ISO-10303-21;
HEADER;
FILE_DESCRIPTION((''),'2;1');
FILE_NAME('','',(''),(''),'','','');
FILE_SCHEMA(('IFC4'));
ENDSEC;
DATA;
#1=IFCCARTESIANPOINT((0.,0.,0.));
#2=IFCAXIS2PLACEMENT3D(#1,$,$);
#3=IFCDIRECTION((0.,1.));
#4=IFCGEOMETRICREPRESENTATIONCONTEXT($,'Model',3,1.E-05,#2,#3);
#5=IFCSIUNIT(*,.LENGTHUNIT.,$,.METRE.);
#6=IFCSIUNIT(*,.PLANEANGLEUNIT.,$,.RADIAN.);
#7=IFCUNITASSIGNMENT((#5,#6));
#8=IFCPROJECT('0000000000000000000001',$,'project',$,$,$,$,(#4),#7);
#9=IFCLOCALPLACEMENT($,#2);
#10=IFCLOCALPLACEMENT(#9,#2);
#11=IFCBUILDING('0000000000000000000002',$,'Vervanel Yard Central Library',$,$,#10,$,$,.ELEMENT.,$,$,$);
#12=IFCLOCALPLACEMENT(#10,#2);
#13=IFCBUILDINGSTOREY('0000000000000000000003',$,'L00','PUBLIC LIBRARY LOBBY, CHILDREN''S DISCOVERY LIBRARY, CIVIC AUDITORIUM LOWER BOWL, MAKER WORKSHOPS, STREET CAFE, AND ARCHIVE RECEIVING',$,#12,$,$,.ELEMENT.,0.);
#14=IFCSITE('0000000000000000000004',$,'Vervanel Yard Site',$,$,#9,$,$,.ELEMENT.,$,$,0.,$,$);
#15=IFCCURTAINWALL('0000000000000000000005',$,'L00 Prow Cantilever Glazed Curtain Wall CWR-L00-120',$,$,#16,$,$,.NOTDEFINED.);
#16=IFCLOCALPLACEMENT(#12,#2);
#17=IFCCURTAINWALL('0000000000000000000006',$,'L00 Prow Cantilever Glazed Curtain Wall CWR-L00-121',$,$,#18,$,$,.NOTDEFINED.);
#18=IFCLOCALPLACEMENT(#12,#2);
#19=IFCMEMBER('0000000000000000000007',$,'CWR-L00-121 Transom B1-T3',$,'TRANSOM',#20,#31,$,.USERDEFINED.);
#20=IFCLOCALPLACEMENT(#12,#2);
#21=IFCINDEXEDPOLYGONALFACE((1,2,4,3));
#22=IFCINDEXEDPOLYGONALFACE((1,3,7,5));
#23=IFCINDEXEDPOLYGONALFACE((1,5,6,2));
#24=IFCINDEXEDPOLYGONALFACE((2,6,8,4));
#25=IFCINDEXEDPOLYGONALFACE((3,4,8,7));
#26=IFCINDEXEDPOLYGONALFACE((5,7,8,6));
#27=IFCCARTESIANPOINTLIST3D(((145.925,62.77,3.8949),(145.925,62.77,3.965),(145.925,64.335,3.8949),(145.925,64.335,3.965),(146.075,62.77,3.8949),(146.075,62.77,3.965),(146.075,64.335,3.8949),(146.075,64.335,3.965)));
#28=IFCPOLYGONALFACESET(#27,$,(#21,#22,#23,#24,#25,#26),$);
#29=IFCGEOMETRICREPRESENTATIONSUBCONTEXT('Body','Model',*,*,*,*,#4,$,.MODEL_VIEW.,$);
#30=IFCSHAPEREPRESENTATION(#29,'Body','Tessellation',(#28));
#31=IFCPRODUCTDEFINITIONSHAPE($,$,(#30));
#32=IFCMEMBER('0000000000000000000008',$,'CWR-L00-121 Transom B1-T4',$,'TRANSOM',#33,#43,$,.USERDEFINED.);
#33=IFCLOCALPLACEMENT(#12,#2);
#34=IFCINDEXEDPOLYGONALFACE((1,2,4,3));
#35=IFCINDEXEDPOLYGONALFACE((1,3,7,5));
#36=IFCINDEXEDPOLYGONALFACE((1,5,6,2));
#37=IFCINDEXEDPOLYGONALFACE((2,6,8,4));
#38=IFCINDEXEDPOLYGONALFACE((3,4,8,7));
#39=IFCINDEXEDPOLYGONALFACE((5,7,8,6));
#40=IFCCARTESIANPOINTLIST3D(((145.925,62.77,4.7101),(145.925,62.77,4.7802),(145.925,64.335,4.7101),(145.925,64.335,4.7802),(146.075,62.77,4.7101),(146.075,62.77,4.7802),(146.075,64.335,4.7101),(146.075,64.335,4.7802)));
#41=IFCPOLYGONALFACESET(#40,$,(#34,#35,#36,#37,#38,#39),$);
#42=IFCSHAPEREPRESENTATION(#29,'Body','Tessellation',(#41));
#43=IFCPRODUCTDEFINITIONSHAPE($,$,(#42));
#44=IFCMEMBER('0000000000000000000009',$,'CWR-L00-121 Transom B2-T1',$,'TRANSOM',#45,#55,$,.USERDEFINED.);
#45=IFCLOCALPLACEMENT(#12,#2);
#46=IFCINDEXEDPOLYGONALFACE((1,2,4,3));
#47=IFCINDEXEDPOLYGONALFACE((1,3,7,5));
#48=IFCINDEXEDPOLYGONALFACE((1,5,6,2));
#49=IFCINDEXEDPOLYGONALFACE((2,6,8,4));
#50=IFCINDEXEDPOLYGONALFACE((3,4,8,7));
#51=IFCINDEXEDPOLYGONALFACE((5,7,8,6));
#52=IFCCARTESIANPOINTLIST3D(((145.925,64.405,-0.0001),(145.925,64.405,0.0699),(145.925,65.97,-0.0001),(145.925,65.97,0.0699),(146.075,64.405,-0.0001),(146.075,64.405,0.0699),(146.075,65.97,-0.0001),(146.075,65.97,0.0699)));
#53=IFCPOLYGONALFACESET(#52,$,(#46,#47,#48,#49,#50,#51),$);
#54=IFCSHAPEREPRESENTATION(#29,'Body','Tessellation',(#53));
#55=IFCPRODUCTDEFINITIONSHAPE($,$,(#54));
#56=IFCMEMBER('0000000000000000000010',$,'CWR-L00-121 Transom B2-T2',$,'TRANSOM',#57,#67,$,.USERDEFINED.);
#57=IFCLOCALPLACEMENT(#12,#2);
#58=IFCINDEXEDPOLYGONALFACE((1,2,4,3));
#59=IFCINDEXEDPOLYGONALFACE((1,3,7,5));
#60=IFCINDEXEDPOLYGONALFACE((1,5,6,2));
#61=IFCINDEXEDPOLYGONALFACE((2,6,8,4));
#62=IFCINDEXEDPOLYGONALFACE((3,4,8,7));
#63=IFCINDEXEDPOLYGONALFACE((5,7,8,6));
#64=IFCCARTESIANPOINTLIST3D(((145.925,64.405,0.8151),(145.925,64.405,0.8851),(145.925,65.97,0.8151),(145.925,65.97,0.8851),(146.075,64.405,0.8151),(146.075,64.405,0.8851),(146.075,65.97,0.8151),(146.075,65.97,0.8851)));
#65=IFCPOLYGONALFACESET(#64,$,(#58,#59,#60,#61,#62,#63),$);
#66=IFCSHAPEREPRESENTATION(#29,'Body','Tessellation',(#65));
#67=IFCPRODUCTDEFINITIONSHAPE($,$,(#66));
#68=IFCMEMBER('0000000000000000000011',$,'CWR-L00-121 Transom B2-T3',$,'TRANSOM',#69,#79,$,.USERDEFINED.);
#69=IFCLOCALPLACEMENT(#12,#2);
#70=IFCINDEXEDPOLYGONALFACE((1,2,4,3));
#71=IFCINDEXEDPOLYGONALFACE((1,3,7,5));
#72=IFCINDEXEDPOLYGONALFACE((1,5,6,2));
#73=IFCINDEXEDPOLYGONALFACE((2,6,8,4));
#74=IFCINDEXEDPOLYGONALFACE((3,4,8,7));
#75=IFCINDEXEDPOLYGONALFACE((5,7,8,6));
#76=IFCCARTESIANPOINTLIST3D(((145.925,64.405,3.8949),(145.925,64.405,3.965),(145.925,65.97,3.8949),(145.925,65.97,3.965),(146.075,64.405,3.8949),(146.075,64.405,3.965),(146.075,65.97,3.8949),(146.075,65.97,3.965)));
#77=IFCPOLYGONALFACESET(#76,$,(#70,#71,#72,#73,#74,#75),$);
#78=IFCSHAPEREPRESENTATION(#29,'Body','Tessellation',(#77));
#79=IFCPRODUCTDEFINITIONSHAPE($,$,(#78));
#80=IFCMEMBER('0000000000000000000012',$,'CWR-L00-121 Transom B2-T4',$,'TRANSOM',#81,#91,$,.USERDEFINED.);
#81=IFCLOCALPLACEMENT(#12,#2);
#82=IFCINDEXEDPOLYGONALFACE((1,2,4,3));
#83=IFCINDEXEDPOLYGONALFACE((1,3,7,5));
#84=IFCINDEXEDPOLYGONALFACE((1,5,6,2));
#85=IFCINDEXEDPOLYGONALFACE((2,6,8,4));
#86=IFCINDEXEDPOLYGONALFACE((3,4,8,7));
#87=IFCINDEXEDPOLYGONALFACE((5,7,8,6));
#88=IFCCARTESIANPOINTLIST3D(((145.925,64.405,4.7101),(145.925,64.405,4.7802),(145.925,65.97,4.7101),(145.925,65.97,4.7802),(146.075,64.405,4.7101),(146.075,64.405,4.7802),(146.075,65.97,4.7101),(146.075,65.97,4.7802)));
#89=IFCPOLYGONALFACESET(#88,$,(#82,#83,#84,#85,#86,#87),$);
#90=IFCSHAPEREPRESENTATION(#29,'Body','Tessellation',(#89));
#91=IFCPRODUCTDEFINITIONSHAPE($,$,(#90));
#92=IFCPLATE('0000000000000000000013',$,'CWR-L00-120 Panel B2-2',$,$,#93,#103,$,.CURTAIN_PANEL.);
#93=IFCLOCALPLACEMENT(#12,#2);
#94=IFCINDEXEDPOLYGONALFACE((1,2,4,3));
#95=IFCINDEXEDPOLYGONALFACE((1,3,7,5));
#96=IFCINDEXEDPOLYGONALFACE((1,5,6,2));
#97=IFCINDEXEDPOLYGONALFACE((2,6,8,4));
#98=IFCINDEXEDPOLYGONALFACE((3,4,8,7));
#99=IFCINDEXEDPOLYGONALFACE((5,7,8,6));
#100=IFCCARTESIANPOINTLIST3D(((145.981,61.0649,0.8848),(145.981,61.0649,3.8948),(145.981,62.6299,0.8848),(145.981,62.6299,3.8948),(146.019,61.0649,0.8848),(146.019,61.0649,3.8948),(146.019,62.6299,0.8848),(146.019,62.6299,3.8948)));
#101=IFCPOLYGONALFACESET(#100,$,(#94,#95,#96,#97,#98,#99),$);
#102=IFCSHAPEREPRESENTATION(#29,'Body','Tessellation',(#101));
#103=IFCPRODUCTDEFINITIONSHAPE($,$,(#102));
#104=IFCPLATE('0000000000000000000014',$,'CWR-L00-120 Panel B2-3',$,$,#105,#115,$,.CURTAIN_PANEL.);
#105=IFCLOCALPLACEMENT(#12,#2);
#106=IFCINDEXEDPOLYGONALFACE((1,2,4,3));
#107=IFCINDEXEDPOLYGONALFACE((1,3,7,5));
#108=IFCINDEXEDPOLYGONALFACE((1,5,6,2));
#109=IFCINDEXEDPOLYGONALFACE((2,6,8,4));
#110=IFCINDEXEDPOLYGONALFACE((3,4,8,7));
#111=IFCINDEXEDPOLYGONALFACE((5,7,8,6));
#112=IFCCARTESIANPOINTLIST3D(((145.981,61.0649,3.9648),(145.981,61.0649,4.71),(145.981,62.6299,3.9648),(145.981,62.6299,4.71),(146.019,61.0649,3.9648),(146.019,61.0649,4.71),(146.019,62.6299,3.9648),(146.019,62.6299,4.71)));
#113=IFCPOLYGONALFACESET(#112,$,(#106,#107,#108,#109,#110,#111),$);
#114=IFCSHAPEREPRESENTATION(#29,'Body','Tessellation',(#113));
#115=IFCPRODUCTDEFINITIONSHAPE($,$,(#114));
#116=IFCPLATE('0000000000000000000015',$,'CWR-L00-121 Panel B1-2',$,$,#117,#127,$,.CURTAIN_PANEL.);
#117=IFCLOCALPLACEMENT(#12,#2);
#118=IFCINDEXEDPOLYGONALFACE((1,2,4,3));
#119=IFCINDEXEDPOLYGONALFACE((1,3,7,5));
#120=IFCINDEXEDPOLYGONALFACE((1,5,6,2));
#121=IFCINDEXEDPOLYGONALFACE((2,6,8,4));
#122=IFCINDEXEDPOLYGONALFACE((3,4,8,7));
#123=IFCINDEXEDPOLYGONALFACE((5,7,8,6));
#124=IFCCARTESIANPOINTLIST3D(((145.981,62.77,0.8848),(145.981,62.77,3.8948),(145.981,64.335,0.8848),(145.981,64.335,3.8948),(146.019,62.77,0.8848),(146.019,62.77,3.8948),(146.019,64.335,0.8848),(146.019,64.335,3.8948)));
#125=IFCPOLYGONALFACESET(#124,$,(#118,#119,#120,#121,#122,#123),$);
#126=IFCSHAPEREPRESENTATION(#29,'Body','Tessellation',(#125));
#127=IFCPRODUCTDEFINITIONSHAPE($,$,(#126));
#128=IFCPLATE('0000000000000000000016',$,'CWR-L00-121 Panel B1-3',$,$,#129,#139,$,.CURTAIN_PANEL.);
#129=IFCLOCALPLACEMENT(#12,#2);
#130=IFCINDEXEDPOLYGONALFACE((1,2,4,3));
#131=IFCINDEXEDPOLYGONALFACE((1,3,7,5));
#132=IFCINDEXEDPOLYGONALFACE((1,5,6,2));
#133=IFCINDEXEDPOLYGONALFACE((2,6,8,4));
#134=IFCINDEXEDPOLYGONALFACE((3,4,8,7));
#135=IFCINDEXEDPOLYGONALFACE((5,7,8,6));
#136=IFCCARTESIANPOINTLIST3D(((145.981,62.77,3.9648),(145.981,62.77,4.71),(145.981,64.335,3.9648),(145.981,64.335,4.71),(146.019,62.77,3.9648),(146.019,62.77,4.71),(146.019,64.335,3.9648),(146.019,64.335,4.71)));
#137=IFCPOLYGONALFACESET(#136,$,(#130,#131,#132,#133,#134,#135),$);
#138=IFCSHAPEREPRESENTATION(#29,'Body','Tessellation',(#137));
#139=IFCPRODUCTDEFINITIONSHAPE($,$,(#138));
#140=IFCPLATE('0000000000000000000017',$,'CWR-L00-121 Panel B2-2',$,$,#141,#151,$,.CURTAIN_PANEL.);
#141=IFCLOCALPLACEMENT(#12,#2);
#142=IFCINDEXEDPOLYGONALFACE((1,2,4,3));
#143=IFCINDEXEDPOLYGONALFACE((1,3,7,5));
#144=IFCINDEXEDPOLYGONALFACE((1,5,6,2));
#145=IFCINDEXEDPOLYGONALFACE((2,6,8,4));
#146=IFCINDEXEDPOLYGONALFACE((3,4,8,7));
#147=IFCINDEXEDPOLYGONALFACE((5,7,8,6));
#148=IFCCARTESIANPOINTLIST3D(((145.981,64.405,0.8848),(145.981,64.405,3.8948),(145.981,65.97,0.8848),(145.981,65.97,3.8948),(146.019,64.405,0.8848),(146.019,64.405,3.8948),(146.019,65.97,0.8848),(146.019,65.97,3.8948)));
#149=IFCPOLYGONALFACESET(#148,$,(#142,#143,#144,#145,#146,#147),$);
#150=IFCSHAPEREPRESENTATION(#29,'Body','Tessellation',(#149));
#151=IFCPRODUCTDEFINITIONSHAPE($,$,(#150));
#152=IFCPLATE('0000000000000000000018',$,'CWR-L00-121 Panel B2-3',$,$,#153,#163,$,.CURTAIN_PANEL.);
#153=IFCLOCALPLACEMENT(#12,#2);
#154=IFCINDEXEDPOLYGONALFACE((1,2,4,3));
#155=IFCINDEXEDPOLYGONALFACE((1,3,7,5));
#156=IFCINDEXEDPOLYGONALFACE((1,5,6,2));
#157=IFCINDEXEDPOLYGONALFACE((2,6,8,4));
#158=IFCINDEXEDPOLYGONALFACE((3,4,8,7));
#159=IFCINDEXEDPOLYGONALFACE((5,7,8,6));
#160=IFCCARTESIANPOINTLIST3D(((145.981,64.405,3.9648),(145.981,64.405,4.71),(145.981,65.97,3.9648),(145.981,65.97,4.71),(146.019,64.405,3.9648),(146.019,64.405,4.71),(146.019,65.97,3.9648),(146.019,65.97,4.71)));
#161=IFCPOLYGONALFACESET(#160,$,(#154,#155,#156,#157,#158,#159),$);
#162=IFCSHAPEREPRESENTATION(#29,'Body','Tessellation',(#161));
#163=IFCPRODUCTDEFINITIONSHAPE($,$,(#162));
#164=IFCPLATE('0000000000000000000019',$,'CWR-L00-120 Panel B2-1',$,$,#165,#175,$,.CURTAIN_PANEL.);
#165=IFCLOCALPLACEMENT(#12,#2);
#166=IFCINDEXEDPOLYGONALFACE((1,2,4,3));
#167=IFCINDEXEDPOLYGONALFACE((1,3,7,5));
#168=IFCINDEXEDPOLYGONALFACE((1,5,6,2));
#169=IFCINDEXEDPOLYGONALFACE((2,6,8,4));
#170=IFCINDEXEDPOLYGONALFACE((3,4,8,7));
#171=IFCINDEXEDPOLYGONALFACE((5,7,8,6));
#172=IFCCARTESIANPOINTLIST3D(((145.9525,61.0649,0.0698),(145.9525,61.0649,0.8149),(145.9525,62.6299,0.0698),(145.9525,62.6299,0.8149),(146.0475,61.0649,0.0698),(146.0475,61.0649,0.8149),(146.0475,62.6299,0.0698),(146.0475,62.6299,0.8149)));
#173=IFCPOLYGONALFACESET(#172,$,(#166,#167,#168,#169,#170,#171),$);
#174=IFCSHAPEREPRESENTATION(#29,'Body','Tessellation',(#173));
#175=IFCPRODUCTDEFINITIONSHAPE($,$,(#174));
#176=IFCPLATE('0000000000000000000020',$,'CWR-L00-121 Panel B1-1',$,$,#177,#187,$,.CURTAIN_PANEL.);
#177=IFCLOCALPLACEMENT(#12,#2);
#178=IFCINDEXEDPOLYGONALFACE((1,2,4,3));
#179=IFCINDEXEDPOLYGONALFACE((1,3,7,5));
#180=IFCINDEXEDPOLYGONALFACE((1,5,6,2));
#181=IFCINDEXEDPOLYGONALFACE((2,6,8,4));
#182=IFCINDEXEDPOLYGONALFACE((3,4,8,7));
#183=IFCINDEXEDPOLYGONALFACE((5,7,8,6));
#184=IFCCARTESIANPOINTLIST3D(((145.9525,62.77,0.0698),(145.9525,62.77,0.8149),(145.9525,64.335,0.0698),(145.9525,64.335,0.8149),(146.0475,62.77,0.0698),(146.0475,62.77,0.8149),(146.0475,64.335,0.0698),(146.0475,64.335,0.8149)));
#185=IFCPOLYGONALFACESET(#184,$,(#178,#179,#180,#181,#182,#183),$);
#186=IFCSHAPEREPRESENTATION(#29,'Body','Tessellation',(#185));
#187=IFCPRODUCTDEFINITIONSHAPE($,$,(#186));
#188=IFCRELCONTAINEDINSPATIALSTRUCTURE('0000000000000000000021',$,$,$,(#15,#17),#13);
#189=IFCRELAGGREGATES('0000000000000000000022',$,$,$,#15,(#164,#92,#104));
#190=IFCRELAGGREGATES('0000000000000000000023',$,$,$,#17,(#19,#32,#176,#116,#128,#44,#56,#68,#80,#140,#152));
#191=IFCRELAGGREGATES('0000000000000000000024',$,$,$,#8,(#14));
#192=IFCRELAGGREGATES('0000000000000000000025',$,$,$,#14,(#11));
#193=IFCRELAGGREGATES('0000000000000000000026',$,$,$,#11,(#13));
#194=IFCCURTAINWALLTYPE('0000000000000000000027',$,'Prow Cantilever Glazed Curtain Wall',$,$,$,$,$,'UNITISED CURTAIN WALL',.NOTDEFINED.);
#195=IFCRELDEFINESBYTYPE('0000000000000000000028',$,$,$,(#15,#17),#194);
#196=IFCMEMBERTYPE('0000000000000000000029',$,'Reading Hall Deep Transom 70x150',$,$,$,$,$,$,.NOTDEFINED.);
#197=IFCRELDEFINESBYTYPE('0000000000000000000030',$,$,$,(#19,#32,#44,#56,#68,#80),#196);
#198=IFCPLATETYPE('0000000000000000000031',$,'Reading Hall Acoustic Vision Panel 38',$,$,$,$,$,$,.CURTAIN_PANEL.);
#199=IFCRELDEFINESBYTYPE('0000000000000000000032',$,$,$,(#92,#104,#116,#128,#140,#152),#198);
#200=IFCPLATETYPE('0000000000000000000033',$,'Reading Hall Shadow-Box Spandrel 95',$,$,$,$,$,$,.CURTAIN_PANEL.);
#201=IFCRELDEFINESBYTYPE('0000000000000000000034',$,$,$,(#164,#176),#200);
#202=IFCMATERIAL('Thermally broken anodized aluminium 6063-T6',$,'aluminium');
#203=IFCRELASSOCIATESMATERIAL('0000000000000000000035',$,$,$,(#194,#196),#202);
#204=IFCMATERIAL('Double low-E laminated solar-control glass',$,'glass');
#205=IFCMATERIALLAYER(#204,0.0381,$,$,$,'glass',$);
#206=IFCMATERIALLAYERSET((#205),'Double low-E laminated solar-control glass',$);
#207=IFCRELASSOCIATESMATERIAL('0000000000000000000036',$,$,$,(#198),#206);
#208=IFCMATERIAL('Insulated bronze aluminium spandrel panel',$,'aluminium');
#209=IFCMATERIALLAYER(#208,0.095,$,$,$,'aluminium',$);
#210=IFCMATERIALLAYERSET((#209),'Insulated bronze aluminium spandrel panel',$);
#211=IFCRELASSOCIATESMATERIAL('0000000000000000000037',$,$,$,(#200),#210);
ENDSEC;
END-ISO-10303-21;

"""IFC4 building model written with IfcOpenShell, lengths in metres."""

from ifc_helpers import new_model, si_unit, direction, frame, origin, origin_2d, place, context, subcontext, project, spatial, rectangle, extrude, material, layer, layer_set, material_profile, profile_set, type_object, element, aggregate, save


model = new_model("IFC4")

# Units and contexts
model_context = context("Model", 3, precision=1e-05, world=origin(), true_north=direction((0.0, 1.0)))
body_context = subcontext(model_context, "Body", "Model", "MODEL_VIEW")
ifc_project = project(units=[si_unit("LENGTHUNIT", "METRE"), si_unit("PLANEANGLEUNIT", "RADIAN")], contexts=[model_context])

# Site, building, storey
site_placement = place(None, origin())
site = spatial("IfcSite", under=ifc_project, at=site_placement, Name="Vervanel Yard Site", CompositionType="ELEMENT", RefElevation=0.0)
building_placement = place(site_placement, origin())
building = spatial("IfcBuilding", under=site, at=building_placement, Name="Vervanel Yard Central Library", CompositionType="ELEMENT")
storey_placement = place(building_placement, origin())
storey = spatial("IfcBuildingStorey", under=building, at=storey_placement, Name="L00", Description="PUBLIC LIBRARY LOBBY, CHILDREN'S DISCOVERY LIBRARY, CIVIC AUDITORIUM LOWER BOWL, MAKER WORKSHOPS, STREET CAFE, AND ARCHIVE RECEIVING", CompositionType="ELEMENT", Elevation=0.0)

# Curtain wall
ifc_material_1 = material(Name="Thermally broken anodized aluminium 6063-T6", Category="aluminium")
curtain_wall_type = type_object("IfcCurtainWallType", Name="Prow Cantilever Glazed Curtain Wall", ElementType="UNITISED CURTAIN WALL", PredefinedType="NOTDEFINED", material=ifc_material_1)
curtain_wall_1_placement = place(storey_placement, origin())
curtain_wall_1 = element("IfcCurtainWall", 1, at=curtain_wall_1_placement, inside=storey, type_object=curtain_wall_type, Name="L00 Prow Cantilever Glazed Curtain Wall CWR-L00-120", PredefinedType="NOTDEFINED")

# Curtain wall, members
curtain_wall_2_placement = place(storey_placement, origin())
curtain_wall_2 = element("IfcCurtainWall", 2, at=curtain_wall_2_placement, inside=storey, type_object=curtain_wall_type, Name="L00 Prow Cantilever Glazed Curtain Wall CWR-L00-121", PredefinedType="NOTDEFINED")
ifc_material_profile_1 = material_profile(ifc_material_1, rectangle(XDim=0.0701, YDim=0.1499, at=origin_2d()), Name="ALU 70x150", Category="aluminium")
ifc_profile_set_1 = profile_set([ifc_material_profile_1], Name="Thermally broken anodized aluminium 6063-T6")
member_type_1 = type_object("IfcMemberType", Name="Reading Hall Deep Transom 70x150", PredefinedType="NOTDEFINED", material=ifc_profile_set_1)
member_1_placement = place(storey_placement, frame((146.0, 62.77, 3.9299), z_axis=(0.0, 1.0, 0.0), x_axis=(0.0, 0.0, 1.0)))
member_1 = element("IfcMember", 3, at=member_1_placement, type_object=member_type_1, Name="CWR-L00-121 Transom B1-T3", ObjectType="TRANSOM", PredefinedType="USERDEFINED", context=body_context, shape_type="SweptSolid", body=[
    extrude(rectangle(XDim=0.0701, YDim=0.1499, at=origin_2d()), origin(), (0.0, 0.0, 1.0), 1.5649),
])
member_2_placement = place(storey_placement, frame((146.0, 62.77, 4.7451), z_axis=(0.0, 1.0, 0.0), x_axis=(0.0, 0.0, 1.0)))
member_2 = element("IfcMember", 4, at=member_2_placement, type_object=member_type_1, Name="CWR-L00-121 Transom B1-T4", ObjectType="TRANSOM", PredefinedType="USERDEFINED", context=body_context, shape_type="SweptSolid", body=[
    extrude(rectangle(XDim=0.0701, YDim=0.1499, at=origin_2d()), origin(), (0.0, 0.0, 1.0), 1.5649),
])
member_3_placement = place(storey_placement, frame((146.0, 64.405, 0.0349), z_axis=(0.0, 1.0, 0.0), x_axis=(0.0, 0.0, 1.0)))
member_3 = element("IfcMember", 5, at=member_3_placement, type_object=member_type_1, Name="CWR-L00-121 Transom B2-T1", ObjectType="TRANSOM", PredefinedType="USERDEFINED", context=body_context, shape_type="SweptSolid", body=[
    extrude(rectangle(XDim=0.0701, YDim=0.1499, at=origin_2d()), origin(), (0.0, 0.0, 1.0), 1.5649),
])
member_4_placement = place(storey_placement, frame((146.0, 64.405, 0.8501), z_axis=(0.0, 1.0, 0.0), x_axis=(0.0, 0.0, 1.0)))
member_4 = element("IfcMember", 6, at=member_4_placement, type_object=member_type_1, Name="CWR-L00-121 Transom B2-T2", ObjectType="TRANSOM", PredefinedType="USERDEFINED", context=body_context, shape_type="SweptSolid", body=[
    extrude(rectangle(XDim=0.0701, YDim=0.1499, at=origin_2d()), origin(), (0.0, 0.0, 1.0), 1.5649),
])
member_5_placement = place(storey_placement, frame((146.0, 64.405, 3.9299), z_axis=(0.0, 1.0, 0.0), x_axis=(0.0, 0.0, 1.0)))
member_5 = element("IfcMember", 7, at=member_5_placement, type_object=member_type_1, Name="CWR-L00-121 Transom B2-T3", ObjectType="TRANSOM", PredefinedType="USERDEFINED", context=body_context, shape_type="SweptSolid", body=[
    extrude(rectangle(XDim=0.0701, YDim=0.1499, at=origin_2d()), origin(), (0.0, 0.0, 1.0), 1.5649),
])
member_6_placement = place(storey_placement, frame((146.0, 64.405, 4.7451), z_axis=(0.0, 1.0, 0.0), x_axis=(0.0, 0.0, 1.0)))
member_6 = element("IfcMember", 8, at=member_6_placement, type_object=member_type_1, Name="CWR-L00-121 Transom B2-T4", ObjectType="TRANSOM", PredefinedType="USERDEFINED", context=body_context, shape_type="SweptSolid", body=[
    extrude(rectangle(XDim=0.0701, YDim=0.1499, at=origin_2d()), origin(), (0.0, 0.0, 1.0), 1.5649),
])

# Plates
ifc_material_2 = material(Name="Double low-E laminated solar-control glass", Category="glass")
ifc_layer_1 = layer(ifc_material_2, 0.0381, Category="glass")
ifc_layer_set_1 = layer_set([ifc_layer_1], Name="Double low-E laminated solar-control glass")
plate_type_1 = type_object("IfcPlateType", Name="Reading Hall Acoustic Vision Panel 38", PredefinedType="CURTAIN_PANEL", material=ifc_layer_set_1)
plate_1_placement = place(storey_placement, frame((146.0, 61.8474, 0.8848), z_axis=(0.0, 0.0, 1.0), x_axis=(0.0, 1.0, 0.0)))
plate_1 = element("IfcPlate", 9, at=plate_1_placement, type_object=plate_type_1, Name="CWR-L00-120 Panel B2-2", PredefinedType="CURTAIN_PANEL", context=body_context, shape_type="SweptSolid", body=[
    extrude(rectangle(XDim=1.5649, YDim=0.0381, at=origin_2d()), origin(), (0.0, 0.0, 1.0), 3.01),
])
plate_2_placement = place(storey_placement, frame((146.0, 61.8474, 3.9648), z_axis=(0.0, 0.0, 1.0), x_axis=(0.0, 1.0, 0.0)))
plate_2 = element("IfcPlate", 10, at=plate_2_placement, type_object=plate_type_1, Name="CWR-L00-120 Panel B2-3", PredefinedType="CURTAIN_PANEL", context=body_context, shape_type="SweptSolid", body=[
    extrude(rectangle(XDim=1.5649, YDim=0.0381, at=origin_2d()), origin(), (0.0, 0.0, 1.0), 0.7451),
])
plate_3_placement = place(storey_placement, frame((146.0, 63.5525, 0.8848), z_axis=(0.0, 0.0, 1.0), x_axis=(0.0, 1.0, 0.0)))
plate_3 = element("IfcPlate", 11, at=plate_3_placement, type_object=plate_type_1, Name="CWR-L00-121 Panel B1-2", PredefinedType="CURTAIN_PANEL", context=body_context, shape_type="SweptSolid", body=[
    extrude(rectangle(XDim=1.5649, YDim=0.0381, at=origin_2d()), origin(), (0.0, 0.0, 1.0), 3.01),
])
plate_4_placement = place(storey_placement, frame((146.0, 63.5525, 3.9648), z_axis=(0.0, 0.0, 1.0), x_axis=(0.0, 1.0, 0.0)))
plate_4 = element("IfcPlate", 12, at=plate_4_placement, type_object=plate_type_1, Name="CWR-L00-121 Panel B1-3", PredefinedType="CURTAIN_PANEL", context=body_context, shape_type="SweptSolid", body=[
    extrude(rectangle(XDim=1.5649, YDim=0.0381, at=origin_2d()), origin(), (0.0, 0.0, 1.0), 0.7451),
])
plate_5_placement = place(storey_placement, frame((146.0, 65.1875, 0.8848), z_axis=(0.0, 0.0, 1.0), x_axis=(0.0, 1.0, 0.0)))
plate_5 = element("IfcPlate", 13, at=plate_5_placement, type_object=plate_type_1, Name="CWR-L00-121 Panel B2-2", PredefinedType="CURTAIN_PANEL", context=body_context, shape_type="SweptSolid", body=[
    extrude(rectangle(XDim=1.5649, YDim=0.0381, at=origin_2d()), origin(), (0.0, 0.0, 1.0), 3.01),
])
plate_6_placement = place(storey_placement, frame((146.0, 65.1875, 3.9648), z_axis=(0.0, 0.0, 1.0), x_axis=(0.0, 1.0, 0.0)))
plate_6 = element("IfcPlate", 14, at=plate_6_placement, type_object=plate_type_1, Name="CWR-L00-121 Panel B2-3", PredefinedType="CURTAIN_PANEL", context=body_context, shape_type="SweptSolid", body=[
    extrude(rectangle(XDim=1.5649, YDim=0.0381, at=origin_2d()), origin(), (0.0, 0.0, 1.0), 0.7451),
])
ifc_material_3 = material(Name="Insulated bronze aluminium spandrel panel", Category="aluminium")
ifc_layer_2 = layer(ifc_material_3, 0.095, Category="aluminium")
ifc_layer_set_2 = layer_set([ifc_layer_2], Name="Insulated bronze aluminium spandrel panel")
plate_type_2 = type_object("IfcPlateType", Name="Reading Hall Shadow-Box Spandrel 95", PredefinedType="CURTAIN_PANEL", material=ifc_layer_set_2)
plate_7_placement = place(storey_placement, frame((146.0, 61.8474, 0.0698), z_axis=(0.0, 0.0, 1.0), x_axis=(0.0, 1.0, 0.0)))
plate_7 = element("IfcPlate", 15, at=plate_7_placement, type_object=plate_type_2, Name="CWR-L00-120 Panel B2-1", PredefinedType="CURTAIN_PANEL", context=body_context, shape_type="SweptSolid", body=[
    extrude(rectangle(XDim=1.5649, YDim=0.095, at=origin_2d()), origin(), (0.0, 0.0, 1.0), 0.7451),
])
aggregate(curtain_wall_1, [plate_7, plate_1, plate_2])
plate_8_placement = place(storey_placement, frame((146.0, 63.5525, 0.0698), z_axis=(0.0, 0.0, 1.0), x_axis=(0.0, 1.0, 0.0)))
plate_8 = element("IfcPlate", 16, at=plate_8_placement, type_object=plate_type_2, Name="CWR-L00-121 Panel B1-1", PredefinedType="CURTAIN_PANEL", context=body_context, shape_type="SweptSolid", body=[
    extrude(rectangle(XDim=1.5649, YDim=0.095, at=origin_2d()), origin(), (0.0, 0.0, 1.0), 0.7451),
])
aggregate(curtain_wall_2, [member_1, member_2, plate_8, plate_3, plate_4, member_3, member_4, member_5, member_6, plate_5, plate_6])

save(model, "model.ifc")
